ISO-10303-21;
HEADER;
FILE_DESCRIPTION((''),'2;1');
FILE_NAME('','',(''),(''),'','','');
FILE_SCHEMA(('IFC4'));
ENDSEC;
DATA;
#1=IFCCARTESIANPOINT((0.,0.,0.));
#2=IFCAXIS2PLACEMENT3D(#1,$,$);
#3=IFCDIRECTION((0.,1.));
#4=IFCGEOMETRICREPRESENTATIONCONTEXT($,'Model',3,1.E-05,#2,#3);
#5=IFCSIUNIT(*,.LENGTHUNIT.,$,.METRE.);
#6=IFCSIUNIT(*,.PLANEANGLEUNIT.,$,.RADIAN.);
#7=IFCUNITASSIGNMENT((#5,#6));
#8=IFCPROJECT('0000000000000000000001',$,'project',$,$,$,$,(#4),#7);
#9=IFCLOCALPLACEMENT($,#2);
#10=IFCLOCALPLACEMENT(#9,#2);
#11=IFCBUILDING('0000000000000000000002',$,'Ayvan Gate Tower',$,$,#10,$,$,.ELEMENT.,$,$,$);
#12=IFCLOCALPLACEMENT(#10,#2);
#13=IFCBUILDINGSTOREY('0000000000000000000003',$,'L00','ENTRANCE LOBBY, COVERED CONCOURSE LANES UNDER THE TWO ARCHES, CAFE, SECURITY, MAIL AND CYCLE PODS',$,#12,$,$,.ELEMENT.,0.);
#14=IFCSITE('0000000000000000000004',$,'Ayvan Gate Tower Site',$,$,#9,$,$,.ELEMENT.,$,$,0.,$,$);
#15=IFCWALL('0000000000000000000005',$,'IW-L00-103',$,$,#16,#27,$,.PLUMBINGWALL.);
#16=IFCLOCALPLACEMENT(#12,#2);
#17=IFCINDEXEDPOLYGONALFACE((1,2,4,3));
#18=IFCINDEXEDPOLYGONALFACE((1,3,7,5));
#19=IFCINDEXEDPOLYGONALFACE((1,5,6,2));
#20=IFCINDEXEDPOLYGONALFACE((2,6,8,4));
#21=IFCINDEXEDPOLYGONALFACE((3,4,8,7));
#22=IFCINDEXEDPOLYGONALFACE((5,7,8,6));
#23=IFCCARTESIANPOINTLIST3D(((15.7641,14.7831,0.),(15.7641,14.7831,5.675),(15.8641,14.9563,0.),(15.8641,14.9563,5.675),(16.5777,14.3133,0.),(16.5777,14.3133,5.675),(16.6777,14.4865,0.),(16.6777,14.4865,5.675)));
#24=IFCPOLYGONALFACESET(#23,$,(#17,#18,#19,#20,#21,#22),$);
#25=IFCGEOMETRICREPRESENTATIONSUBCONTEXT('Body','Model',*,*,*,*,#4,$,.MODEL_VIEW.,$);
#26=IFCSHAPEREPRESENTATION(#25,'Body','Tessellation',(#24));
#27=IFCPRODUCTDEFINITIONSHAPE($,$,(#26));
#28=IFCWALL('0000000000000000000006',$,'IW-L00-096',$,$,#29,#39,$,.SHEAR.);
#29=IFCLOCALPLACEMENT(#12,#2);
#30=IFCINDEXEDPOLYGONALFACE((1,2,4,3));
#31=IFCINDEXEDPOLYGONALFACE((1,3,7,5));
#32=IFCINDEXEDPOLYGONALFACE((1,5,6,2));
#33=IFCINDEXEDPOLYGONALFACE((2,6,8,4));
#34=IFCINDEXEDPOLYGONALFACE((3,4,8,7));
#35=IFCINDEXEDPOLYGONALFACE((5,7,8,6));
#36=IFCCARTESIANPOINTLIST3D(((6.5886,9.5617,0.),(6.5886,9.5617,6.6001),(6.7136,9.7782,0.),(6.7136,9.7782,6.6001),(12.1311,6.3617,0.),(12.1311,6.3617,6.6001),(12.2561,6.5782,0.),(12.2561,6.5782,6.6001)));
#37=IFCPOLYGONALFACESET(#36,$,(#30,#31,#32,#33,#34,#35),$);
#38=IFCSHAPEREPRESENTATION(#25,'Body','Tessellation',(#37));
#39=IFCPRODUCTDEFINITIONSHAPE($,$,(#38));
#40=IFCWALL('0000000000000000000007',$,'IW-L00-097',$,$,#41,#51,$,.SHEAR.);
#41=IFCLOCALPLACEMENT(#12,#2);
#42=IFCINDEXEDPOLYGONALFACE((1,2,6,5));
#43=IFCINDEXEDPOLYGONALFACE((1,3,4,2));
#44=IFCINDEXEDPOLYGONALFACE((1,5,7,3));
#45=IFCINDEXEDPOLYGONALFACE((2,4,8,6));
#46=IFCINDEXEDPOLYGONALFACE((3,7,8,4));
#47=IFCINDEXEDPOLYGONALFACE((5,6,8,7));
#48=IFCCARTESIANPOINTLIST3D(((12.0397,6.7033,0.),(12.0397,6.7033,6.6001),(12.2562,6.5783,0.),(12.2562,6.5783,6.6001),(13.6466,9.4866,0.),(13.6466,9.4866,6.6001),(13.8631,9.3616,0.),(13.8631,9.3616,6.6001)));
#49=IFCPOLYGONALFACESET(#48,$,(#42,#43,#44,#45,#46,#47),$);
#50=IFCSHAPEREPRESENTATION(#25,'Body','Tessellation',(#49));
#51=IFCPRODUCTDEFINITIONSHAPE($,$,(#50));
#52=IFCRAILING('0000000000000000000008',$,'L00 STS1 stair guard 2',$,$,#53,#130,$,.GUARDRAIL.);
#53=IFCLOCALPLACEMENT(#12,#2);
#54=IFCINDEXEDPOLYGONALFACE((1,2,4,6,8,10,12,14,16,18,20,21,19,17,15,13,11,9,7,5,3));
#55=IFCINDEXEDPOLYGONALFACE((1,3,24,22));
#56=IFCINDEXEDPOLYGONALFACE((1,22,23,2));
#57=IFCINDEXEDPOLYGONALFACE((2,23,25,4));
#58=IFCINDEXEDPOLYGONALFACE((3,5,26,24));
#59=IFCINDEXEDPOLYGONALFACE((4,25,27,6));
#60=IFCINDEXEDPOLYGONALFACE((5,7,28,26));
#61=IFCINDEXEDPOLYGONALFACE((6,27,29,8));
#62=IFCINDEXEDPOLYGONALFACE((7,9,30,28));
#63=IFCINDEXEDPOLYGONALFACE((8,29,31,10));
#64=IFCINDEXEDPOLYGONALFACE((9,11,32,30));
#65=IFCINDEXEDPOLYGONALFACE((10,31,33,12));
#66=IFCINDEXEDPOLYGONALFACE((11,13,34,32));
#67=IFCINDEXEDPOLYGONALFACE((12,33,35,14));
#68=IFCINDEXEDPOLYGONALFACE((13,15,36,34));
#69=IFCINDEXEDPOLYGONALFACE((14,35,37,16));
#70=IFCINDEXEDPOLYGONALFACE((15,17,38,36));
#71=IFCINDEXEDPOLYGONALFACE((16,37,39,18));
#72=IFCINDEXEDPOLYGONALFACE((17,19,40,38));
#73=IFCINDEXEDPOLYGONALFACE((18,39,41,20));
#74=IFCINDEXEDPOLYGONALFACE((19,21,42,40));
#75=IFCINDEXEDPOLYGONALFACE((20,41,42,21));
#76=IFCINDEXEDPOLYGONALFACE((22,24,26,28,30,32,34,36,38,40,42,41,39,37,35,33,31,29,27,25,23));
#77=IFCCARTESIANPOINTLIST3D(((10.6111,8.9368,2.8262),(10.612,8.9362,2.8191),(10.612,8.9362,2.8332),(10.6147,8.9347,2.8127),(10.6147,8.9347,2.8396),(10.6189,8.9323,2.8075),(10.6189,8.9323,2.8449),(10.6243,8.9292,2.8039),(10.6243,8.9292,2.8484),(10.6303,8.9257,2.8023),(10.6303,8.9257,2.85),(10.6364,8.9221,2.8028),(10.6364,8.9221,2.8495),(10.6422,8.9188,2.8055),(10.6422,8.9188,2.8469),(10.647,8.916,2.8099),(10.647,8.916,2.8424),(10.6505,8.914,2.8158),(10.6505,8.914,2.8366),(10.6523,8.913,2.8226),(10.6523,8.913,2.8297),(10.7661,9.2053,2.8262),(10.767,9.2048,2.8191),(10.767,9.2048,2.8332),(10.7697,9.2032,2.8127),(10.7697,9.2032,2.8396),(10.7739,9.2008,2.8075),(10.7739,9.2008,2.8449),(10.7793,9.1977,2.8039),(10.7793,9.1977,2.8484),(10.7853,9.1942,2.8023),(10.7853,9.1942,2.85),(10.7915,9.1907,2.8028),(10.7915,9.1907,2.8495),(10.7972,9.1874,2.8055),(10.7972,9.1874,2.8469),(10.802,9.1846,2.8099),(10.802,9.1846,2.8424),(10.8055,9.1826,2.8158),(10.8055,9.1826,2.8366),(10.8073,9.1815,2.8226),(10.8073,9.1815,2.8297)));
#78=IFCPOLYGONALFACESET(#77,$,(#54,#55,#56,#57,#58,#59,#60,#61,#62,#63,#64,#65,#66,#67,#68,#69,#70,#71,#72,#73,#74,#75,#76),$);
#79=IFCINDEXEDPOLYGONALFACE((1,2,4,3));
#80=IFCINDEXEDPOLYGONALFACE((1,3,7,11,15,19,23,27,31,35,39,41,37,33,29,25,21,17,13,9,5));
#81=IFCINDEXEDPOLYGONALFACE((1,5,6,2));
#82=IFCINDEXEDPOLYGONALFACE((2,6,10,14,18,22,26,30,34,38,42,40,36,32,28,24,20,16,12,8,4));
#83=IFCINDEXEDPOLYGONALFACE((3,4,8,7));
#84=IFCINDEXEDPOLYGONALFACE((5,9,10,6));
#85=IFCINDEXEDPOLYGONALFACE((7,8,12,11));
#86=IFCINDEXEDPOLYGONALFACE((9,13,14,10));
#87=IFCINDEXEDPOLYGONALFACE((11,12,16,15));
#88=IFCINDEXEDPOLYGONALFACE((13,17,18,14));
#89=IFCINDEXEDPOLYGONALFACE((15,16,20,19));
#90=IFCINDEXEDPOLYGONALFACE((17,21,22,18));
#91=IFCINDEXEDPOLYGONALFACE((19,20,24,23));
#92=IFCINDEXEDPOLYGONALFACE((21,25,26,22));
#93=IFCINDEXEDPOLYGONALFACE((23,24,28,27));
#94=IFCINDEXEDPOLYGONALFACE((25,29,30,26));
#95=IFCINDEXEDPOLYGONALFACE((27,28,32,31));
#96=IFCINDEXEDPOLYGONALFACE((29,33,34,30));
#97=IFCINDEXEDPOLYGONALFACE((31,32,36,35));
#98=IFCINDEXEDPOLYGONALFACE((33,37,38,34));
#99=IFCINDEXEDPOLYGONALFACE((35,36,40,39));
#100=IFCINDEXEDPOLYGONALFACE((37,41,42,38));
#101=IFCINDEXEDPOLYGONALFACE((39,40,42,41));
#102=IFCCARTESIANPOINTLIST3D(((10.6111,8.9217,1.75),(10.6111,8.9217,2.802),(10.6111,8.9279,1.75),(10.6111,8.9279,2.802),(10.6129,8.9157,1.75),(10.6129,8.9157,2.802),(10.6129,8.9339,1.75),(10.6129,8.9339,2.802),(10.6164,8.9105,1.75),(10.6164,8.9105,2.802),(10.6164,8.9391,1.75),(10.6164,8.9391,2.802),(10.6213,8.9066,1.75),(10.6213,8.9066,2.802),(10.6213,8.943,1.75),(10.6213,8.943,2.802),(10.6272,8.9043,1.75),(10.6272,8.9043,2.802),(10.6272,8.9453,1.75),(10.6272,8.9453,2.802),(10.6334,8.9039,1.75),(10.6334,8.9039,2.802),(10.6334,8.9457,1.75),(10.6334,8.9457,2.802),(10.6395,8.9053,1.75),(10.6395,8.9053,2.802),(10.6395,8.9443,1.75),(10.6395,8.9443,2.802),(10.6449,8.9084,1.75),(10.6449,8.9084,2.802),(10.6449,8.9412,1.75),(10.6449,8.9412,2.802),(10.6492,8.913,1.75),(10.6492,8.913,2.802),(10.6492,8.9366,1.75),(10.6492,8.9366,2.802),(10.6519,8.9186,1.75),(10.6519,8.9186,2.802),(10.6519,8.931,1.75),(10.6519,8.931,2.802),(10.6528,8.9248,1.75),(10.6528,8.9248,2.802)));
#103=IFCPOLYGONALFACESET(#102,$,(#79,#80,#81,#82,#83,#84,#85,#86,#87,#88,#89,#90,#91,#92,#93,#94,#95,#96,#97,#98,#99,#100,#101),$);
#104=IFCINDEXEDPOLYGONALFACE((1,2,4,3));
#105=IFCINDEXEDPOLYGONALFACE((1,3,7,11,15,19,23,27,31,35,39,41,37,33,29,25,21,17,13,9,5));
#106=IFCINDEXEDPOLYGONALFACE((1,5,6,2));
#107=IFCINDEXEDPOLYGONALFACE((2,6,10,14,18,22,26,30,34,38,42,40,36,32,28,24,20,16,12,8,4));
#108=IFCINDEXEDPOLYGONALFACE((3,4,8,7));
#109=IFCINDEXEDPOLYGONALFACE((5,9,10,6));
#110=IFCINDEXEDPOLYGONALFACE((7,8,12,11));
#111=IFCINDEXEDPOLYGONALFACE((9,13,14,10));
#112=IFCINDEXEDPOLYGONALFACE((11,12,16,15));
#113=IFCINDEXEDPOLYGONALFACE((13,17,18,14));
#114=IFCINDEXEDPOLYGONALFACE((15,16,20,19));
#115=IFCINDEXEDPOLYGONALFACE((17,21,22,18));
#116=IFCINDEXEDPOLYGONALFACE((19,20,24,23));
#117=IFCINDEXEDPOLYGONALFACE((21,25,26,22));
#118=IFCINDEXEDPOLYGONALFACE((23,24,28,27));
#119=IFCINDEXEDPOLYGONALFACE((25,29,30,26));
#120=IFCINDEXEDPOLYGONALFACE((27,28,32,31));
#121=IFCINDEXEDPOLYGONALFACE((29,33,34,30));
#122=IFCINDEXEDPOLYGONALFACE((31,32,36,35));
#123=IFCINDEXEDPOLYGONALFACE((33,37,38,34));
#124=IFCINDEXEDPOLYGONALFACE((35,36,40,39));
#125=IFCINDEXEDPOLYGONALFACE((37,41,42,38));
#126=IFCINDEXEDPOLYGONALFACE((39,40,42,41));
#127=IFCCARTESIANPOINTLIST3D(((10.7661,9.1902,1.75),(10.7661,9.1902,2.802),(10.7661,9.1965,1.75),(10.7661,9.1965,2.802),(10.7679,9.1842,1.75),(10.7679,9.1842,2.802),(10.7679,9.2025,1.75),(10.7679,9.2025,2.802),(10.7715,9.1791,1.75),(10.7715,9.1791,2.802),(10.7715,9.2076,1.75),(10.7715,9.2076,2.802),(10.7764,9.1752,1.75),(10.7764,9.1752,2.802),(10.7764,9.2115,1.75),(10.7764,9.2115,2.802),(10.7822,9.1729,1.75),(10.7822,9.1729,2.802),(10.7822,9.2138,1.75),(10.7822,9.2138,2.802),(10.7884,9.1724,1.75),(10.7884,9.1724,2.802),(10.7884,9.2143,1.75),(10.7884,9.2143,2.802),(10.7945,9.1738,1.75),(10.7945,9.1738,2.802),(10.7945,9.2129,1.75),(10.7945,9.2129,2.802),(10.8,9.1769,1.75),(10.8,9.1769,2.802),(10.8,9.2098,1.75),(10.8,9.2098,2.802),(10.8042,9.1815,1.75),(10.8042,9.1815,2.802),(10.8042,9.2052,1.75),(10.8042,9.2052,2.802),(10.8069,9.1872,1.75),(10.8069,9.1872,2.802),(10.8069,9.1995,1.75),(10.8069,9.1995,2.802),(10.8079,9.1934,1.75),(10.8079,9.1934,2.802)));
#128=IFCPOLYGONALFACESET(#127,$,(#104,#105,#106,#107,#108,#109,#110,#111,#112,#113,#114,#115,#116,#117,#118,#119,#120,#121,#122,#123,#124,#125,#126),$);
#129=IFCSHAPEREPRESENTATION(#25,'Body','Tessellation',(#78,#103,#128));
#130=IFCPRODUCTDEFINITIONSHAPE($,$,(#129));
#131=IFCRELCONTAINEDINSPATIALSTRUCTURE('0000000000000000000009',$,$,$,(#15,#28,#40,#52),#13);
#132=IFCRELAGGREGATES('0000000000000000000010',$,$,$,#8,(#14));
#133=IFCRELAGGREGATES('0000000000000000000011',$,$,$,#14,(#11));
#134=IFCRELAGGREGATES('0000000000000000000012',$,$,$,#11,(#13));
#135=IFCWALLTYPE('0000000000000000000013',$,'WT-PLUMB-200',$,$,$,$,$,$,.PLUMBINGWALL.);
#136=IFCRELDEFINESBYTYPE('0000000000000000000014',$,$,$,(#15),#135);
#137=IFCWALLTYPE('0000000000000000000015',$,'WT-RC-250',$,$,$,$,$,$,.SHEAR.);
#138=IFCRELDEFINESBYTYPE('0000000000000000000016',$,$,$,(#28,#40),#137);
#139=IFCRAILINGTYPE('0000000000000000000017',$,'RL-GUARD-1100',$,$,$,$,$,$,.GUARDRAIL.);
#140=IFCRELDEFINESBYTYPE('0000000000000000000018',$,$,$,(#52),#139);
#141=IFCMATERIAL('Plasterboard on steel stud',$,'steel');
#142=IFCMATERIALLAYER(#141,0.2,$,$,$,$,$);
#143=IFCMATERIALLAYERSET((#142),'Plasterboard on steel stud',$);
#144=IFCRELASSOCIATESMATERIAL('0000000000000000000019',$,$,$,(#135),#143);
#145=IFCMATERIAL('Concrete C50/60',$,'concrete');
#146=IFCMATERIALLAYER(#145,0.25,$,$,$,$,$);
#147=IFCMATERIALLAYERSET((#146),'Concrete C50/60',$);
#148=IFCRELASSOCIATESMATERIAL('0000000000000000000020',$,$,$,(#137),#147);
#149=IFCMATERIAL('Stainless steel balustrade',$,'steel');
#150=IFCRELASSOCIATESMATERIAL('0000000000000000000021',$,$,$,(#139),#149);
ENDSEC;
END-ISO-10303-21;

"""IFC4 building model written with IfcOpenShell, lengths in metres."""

from ifc_helpers import new_model, si_unit, direction, frame, frame_2d, origin, origin_2d, place, context, subcontext, project, spatial, rectangle, circle, extrude, material, layer, layer_set, type_object, element, save


model = new_model("IFC4")

# Units and contexts
model_context = context("Model", 3, precision=1e-05, world=origin(), true_north=direction((0.0, 1.0)))
body_context = subcontext(model_context, "Body", "Model", "MODEL_VIEW")
ifc_project = project(units=[si_unit("LENGTHUNIT", "METRE"), si_unit("PLANEANGLEUNIT", "RADIAN")], contexts=[model_context])

# Site, building, storey
site_placement = place(None, origin())
site = spatial("IfcSite", under=ifc_project, at=site_placement, Name="Ayvan Gate Tower Site", CompositionType="ELEMENT", RefElevation=0.0)
building_placement = place(site_placement, origin())
building = spatial("IfcBuilding", under=site, at=building_placement, Name="Ayvan Gate Tower", CompositionType="ELEMENT")
storey_placement = place(building_placement, origin())
storey = spatial("IfcBuildingStorey", under=building, at=storey_placement, Name="L00", Description="ENTRANCE LOBBY, COVERED CONCOURSE LANES UNDER THE TWO ARCHES, CAFE, SECURITY, MAIL AND CYCLE PODS", CompositionType="ELEMENT", Elevation=0.0)

# Walls
ifc_material_1 = material(Name="Plasterboard on steel stud", Category="steel")
ifc_layer_1 = layer(ifc_material_1, 0.2)
ifc_layer_set_1 = layer_set([ifc_layer_1], Name="Plasterboard on steel stud")
wall_type_1 = type_object("IfcWallType", Name="WT-PLUMB-200", PredefinedType="PLUMBINGWALL", material=ifc_layer_set_1)
wall_1_placement = place(storey_placement, frame((16.6277, 14.3999, 0.0), z_axis=(0.0, 0.0, 1.0), x_axis=(-0.865995, 0.500052, 0.0)))
element("IfcWall", 1, at=wall_1_placement, inside=storey, type_object=wall_type_1, Name="IW-L00-103", PredefinedType="PLUMBINGWALL", context=body_context, shape_type="SweptSolid", body=[
    extrude(rectangle(XDim=0.9395, YDim=0.2, at=frame_2d((0.4697, 0.0))), origin(), (0.0, 0.0, 1.0), 5.675),
])
ifc_material_2 = material(Name="Concrete C50/60", Category="concrete")
ifc_layer_2 = layer(ifc_material_2, 0.25)
ifc_layer_set_2 = layer_set([ifc_layer_2], Name="Concrete C50/60")
wall_type_2 = type_object("IfcWallType", Name="WT-RC-250", PredefinedType="SHEAR", material=ifc_layer_set_2)
wall_2_placement = place(storey_placement, frame((12.1936, 6.47, 0.0), z_axis=(0.0, 0.0, 1.0), x_axis=(-0.866025, 0.5, 0.0)))
element("IfcWall", 2, at=wall_2_placement, inside=storey, type_object=wall_type_2, Name="IW-L00-096", PredefinedType="SHEAR", context=body_context, shape_type="SweptSolid", body=[
    extrude(rectangle(XDim=6.3999, YDim=0.25, at=frame_2d((3.2, 0.0))), origin(), (0.0, 0.0, 1.0), 6.6001),
])
wall_3_placement = place(storey_placement, frame((13.7549, 9.4241, 0.0), z_axis=(0.0, 0.0, 1.0), x_axis=(-0.500012, -0.866019, 0.0)))
element("IfcWall", 3, at=wall_3_placement, inside=storey, type_object=wall_type_2, Name="IW-L00-097", PredefinedType="SHEAR", context=body_context, shape_type="SweptSolid", body=[
    extrude(rectangle(XDim=3.2139, YDim=0.25, at=frame_2d((1.6069, 0.0))), origin(), (0.0, 0.0, 1.0), 6.6001),
])

# Railing
ifc_material_3 = material(Name="Stainless steel balustrade", Category="steel")
railing_type_1 = type_object("IfcRailingType", Name="RL-GUARD-1100", PredefinedType="GUARDRAIL", material=ifc_material_3)
railing_1_placement = place(storey_placement, frame((10.6318, 8.9248, 1.75)))
element("IfcRailing", 4, at=railing_1_placement, inside=storey, type_object=railing_type_1, Name="L00 STS1 stair guard 2", PredefinedType="GUARDRAIL", context=body_context, shape_type="SweptSolid", body=[
    extrude(circle(Radius=0.0239, at=origin_2d()), frame((0.0, 0.0, 1.0762), z_axis=(0.49995, 0.866054, 0.0), x_axis=(-0.866054, 0.49995, 0.0)), (0.0, 0.0, 1.0), 0.3101),
    extrude(circle(Radius=0.021, at=origin_2d()), origin(), (0.0, 0.0, 1.0), 1.052),
    extrude(circle(Radius=0.021, at=origin_2d()), frame((0.155, 0.2686, 0.0)), (0.0, 0.0, 1.0), 1.052),
])

save(model, "model.ifc")
